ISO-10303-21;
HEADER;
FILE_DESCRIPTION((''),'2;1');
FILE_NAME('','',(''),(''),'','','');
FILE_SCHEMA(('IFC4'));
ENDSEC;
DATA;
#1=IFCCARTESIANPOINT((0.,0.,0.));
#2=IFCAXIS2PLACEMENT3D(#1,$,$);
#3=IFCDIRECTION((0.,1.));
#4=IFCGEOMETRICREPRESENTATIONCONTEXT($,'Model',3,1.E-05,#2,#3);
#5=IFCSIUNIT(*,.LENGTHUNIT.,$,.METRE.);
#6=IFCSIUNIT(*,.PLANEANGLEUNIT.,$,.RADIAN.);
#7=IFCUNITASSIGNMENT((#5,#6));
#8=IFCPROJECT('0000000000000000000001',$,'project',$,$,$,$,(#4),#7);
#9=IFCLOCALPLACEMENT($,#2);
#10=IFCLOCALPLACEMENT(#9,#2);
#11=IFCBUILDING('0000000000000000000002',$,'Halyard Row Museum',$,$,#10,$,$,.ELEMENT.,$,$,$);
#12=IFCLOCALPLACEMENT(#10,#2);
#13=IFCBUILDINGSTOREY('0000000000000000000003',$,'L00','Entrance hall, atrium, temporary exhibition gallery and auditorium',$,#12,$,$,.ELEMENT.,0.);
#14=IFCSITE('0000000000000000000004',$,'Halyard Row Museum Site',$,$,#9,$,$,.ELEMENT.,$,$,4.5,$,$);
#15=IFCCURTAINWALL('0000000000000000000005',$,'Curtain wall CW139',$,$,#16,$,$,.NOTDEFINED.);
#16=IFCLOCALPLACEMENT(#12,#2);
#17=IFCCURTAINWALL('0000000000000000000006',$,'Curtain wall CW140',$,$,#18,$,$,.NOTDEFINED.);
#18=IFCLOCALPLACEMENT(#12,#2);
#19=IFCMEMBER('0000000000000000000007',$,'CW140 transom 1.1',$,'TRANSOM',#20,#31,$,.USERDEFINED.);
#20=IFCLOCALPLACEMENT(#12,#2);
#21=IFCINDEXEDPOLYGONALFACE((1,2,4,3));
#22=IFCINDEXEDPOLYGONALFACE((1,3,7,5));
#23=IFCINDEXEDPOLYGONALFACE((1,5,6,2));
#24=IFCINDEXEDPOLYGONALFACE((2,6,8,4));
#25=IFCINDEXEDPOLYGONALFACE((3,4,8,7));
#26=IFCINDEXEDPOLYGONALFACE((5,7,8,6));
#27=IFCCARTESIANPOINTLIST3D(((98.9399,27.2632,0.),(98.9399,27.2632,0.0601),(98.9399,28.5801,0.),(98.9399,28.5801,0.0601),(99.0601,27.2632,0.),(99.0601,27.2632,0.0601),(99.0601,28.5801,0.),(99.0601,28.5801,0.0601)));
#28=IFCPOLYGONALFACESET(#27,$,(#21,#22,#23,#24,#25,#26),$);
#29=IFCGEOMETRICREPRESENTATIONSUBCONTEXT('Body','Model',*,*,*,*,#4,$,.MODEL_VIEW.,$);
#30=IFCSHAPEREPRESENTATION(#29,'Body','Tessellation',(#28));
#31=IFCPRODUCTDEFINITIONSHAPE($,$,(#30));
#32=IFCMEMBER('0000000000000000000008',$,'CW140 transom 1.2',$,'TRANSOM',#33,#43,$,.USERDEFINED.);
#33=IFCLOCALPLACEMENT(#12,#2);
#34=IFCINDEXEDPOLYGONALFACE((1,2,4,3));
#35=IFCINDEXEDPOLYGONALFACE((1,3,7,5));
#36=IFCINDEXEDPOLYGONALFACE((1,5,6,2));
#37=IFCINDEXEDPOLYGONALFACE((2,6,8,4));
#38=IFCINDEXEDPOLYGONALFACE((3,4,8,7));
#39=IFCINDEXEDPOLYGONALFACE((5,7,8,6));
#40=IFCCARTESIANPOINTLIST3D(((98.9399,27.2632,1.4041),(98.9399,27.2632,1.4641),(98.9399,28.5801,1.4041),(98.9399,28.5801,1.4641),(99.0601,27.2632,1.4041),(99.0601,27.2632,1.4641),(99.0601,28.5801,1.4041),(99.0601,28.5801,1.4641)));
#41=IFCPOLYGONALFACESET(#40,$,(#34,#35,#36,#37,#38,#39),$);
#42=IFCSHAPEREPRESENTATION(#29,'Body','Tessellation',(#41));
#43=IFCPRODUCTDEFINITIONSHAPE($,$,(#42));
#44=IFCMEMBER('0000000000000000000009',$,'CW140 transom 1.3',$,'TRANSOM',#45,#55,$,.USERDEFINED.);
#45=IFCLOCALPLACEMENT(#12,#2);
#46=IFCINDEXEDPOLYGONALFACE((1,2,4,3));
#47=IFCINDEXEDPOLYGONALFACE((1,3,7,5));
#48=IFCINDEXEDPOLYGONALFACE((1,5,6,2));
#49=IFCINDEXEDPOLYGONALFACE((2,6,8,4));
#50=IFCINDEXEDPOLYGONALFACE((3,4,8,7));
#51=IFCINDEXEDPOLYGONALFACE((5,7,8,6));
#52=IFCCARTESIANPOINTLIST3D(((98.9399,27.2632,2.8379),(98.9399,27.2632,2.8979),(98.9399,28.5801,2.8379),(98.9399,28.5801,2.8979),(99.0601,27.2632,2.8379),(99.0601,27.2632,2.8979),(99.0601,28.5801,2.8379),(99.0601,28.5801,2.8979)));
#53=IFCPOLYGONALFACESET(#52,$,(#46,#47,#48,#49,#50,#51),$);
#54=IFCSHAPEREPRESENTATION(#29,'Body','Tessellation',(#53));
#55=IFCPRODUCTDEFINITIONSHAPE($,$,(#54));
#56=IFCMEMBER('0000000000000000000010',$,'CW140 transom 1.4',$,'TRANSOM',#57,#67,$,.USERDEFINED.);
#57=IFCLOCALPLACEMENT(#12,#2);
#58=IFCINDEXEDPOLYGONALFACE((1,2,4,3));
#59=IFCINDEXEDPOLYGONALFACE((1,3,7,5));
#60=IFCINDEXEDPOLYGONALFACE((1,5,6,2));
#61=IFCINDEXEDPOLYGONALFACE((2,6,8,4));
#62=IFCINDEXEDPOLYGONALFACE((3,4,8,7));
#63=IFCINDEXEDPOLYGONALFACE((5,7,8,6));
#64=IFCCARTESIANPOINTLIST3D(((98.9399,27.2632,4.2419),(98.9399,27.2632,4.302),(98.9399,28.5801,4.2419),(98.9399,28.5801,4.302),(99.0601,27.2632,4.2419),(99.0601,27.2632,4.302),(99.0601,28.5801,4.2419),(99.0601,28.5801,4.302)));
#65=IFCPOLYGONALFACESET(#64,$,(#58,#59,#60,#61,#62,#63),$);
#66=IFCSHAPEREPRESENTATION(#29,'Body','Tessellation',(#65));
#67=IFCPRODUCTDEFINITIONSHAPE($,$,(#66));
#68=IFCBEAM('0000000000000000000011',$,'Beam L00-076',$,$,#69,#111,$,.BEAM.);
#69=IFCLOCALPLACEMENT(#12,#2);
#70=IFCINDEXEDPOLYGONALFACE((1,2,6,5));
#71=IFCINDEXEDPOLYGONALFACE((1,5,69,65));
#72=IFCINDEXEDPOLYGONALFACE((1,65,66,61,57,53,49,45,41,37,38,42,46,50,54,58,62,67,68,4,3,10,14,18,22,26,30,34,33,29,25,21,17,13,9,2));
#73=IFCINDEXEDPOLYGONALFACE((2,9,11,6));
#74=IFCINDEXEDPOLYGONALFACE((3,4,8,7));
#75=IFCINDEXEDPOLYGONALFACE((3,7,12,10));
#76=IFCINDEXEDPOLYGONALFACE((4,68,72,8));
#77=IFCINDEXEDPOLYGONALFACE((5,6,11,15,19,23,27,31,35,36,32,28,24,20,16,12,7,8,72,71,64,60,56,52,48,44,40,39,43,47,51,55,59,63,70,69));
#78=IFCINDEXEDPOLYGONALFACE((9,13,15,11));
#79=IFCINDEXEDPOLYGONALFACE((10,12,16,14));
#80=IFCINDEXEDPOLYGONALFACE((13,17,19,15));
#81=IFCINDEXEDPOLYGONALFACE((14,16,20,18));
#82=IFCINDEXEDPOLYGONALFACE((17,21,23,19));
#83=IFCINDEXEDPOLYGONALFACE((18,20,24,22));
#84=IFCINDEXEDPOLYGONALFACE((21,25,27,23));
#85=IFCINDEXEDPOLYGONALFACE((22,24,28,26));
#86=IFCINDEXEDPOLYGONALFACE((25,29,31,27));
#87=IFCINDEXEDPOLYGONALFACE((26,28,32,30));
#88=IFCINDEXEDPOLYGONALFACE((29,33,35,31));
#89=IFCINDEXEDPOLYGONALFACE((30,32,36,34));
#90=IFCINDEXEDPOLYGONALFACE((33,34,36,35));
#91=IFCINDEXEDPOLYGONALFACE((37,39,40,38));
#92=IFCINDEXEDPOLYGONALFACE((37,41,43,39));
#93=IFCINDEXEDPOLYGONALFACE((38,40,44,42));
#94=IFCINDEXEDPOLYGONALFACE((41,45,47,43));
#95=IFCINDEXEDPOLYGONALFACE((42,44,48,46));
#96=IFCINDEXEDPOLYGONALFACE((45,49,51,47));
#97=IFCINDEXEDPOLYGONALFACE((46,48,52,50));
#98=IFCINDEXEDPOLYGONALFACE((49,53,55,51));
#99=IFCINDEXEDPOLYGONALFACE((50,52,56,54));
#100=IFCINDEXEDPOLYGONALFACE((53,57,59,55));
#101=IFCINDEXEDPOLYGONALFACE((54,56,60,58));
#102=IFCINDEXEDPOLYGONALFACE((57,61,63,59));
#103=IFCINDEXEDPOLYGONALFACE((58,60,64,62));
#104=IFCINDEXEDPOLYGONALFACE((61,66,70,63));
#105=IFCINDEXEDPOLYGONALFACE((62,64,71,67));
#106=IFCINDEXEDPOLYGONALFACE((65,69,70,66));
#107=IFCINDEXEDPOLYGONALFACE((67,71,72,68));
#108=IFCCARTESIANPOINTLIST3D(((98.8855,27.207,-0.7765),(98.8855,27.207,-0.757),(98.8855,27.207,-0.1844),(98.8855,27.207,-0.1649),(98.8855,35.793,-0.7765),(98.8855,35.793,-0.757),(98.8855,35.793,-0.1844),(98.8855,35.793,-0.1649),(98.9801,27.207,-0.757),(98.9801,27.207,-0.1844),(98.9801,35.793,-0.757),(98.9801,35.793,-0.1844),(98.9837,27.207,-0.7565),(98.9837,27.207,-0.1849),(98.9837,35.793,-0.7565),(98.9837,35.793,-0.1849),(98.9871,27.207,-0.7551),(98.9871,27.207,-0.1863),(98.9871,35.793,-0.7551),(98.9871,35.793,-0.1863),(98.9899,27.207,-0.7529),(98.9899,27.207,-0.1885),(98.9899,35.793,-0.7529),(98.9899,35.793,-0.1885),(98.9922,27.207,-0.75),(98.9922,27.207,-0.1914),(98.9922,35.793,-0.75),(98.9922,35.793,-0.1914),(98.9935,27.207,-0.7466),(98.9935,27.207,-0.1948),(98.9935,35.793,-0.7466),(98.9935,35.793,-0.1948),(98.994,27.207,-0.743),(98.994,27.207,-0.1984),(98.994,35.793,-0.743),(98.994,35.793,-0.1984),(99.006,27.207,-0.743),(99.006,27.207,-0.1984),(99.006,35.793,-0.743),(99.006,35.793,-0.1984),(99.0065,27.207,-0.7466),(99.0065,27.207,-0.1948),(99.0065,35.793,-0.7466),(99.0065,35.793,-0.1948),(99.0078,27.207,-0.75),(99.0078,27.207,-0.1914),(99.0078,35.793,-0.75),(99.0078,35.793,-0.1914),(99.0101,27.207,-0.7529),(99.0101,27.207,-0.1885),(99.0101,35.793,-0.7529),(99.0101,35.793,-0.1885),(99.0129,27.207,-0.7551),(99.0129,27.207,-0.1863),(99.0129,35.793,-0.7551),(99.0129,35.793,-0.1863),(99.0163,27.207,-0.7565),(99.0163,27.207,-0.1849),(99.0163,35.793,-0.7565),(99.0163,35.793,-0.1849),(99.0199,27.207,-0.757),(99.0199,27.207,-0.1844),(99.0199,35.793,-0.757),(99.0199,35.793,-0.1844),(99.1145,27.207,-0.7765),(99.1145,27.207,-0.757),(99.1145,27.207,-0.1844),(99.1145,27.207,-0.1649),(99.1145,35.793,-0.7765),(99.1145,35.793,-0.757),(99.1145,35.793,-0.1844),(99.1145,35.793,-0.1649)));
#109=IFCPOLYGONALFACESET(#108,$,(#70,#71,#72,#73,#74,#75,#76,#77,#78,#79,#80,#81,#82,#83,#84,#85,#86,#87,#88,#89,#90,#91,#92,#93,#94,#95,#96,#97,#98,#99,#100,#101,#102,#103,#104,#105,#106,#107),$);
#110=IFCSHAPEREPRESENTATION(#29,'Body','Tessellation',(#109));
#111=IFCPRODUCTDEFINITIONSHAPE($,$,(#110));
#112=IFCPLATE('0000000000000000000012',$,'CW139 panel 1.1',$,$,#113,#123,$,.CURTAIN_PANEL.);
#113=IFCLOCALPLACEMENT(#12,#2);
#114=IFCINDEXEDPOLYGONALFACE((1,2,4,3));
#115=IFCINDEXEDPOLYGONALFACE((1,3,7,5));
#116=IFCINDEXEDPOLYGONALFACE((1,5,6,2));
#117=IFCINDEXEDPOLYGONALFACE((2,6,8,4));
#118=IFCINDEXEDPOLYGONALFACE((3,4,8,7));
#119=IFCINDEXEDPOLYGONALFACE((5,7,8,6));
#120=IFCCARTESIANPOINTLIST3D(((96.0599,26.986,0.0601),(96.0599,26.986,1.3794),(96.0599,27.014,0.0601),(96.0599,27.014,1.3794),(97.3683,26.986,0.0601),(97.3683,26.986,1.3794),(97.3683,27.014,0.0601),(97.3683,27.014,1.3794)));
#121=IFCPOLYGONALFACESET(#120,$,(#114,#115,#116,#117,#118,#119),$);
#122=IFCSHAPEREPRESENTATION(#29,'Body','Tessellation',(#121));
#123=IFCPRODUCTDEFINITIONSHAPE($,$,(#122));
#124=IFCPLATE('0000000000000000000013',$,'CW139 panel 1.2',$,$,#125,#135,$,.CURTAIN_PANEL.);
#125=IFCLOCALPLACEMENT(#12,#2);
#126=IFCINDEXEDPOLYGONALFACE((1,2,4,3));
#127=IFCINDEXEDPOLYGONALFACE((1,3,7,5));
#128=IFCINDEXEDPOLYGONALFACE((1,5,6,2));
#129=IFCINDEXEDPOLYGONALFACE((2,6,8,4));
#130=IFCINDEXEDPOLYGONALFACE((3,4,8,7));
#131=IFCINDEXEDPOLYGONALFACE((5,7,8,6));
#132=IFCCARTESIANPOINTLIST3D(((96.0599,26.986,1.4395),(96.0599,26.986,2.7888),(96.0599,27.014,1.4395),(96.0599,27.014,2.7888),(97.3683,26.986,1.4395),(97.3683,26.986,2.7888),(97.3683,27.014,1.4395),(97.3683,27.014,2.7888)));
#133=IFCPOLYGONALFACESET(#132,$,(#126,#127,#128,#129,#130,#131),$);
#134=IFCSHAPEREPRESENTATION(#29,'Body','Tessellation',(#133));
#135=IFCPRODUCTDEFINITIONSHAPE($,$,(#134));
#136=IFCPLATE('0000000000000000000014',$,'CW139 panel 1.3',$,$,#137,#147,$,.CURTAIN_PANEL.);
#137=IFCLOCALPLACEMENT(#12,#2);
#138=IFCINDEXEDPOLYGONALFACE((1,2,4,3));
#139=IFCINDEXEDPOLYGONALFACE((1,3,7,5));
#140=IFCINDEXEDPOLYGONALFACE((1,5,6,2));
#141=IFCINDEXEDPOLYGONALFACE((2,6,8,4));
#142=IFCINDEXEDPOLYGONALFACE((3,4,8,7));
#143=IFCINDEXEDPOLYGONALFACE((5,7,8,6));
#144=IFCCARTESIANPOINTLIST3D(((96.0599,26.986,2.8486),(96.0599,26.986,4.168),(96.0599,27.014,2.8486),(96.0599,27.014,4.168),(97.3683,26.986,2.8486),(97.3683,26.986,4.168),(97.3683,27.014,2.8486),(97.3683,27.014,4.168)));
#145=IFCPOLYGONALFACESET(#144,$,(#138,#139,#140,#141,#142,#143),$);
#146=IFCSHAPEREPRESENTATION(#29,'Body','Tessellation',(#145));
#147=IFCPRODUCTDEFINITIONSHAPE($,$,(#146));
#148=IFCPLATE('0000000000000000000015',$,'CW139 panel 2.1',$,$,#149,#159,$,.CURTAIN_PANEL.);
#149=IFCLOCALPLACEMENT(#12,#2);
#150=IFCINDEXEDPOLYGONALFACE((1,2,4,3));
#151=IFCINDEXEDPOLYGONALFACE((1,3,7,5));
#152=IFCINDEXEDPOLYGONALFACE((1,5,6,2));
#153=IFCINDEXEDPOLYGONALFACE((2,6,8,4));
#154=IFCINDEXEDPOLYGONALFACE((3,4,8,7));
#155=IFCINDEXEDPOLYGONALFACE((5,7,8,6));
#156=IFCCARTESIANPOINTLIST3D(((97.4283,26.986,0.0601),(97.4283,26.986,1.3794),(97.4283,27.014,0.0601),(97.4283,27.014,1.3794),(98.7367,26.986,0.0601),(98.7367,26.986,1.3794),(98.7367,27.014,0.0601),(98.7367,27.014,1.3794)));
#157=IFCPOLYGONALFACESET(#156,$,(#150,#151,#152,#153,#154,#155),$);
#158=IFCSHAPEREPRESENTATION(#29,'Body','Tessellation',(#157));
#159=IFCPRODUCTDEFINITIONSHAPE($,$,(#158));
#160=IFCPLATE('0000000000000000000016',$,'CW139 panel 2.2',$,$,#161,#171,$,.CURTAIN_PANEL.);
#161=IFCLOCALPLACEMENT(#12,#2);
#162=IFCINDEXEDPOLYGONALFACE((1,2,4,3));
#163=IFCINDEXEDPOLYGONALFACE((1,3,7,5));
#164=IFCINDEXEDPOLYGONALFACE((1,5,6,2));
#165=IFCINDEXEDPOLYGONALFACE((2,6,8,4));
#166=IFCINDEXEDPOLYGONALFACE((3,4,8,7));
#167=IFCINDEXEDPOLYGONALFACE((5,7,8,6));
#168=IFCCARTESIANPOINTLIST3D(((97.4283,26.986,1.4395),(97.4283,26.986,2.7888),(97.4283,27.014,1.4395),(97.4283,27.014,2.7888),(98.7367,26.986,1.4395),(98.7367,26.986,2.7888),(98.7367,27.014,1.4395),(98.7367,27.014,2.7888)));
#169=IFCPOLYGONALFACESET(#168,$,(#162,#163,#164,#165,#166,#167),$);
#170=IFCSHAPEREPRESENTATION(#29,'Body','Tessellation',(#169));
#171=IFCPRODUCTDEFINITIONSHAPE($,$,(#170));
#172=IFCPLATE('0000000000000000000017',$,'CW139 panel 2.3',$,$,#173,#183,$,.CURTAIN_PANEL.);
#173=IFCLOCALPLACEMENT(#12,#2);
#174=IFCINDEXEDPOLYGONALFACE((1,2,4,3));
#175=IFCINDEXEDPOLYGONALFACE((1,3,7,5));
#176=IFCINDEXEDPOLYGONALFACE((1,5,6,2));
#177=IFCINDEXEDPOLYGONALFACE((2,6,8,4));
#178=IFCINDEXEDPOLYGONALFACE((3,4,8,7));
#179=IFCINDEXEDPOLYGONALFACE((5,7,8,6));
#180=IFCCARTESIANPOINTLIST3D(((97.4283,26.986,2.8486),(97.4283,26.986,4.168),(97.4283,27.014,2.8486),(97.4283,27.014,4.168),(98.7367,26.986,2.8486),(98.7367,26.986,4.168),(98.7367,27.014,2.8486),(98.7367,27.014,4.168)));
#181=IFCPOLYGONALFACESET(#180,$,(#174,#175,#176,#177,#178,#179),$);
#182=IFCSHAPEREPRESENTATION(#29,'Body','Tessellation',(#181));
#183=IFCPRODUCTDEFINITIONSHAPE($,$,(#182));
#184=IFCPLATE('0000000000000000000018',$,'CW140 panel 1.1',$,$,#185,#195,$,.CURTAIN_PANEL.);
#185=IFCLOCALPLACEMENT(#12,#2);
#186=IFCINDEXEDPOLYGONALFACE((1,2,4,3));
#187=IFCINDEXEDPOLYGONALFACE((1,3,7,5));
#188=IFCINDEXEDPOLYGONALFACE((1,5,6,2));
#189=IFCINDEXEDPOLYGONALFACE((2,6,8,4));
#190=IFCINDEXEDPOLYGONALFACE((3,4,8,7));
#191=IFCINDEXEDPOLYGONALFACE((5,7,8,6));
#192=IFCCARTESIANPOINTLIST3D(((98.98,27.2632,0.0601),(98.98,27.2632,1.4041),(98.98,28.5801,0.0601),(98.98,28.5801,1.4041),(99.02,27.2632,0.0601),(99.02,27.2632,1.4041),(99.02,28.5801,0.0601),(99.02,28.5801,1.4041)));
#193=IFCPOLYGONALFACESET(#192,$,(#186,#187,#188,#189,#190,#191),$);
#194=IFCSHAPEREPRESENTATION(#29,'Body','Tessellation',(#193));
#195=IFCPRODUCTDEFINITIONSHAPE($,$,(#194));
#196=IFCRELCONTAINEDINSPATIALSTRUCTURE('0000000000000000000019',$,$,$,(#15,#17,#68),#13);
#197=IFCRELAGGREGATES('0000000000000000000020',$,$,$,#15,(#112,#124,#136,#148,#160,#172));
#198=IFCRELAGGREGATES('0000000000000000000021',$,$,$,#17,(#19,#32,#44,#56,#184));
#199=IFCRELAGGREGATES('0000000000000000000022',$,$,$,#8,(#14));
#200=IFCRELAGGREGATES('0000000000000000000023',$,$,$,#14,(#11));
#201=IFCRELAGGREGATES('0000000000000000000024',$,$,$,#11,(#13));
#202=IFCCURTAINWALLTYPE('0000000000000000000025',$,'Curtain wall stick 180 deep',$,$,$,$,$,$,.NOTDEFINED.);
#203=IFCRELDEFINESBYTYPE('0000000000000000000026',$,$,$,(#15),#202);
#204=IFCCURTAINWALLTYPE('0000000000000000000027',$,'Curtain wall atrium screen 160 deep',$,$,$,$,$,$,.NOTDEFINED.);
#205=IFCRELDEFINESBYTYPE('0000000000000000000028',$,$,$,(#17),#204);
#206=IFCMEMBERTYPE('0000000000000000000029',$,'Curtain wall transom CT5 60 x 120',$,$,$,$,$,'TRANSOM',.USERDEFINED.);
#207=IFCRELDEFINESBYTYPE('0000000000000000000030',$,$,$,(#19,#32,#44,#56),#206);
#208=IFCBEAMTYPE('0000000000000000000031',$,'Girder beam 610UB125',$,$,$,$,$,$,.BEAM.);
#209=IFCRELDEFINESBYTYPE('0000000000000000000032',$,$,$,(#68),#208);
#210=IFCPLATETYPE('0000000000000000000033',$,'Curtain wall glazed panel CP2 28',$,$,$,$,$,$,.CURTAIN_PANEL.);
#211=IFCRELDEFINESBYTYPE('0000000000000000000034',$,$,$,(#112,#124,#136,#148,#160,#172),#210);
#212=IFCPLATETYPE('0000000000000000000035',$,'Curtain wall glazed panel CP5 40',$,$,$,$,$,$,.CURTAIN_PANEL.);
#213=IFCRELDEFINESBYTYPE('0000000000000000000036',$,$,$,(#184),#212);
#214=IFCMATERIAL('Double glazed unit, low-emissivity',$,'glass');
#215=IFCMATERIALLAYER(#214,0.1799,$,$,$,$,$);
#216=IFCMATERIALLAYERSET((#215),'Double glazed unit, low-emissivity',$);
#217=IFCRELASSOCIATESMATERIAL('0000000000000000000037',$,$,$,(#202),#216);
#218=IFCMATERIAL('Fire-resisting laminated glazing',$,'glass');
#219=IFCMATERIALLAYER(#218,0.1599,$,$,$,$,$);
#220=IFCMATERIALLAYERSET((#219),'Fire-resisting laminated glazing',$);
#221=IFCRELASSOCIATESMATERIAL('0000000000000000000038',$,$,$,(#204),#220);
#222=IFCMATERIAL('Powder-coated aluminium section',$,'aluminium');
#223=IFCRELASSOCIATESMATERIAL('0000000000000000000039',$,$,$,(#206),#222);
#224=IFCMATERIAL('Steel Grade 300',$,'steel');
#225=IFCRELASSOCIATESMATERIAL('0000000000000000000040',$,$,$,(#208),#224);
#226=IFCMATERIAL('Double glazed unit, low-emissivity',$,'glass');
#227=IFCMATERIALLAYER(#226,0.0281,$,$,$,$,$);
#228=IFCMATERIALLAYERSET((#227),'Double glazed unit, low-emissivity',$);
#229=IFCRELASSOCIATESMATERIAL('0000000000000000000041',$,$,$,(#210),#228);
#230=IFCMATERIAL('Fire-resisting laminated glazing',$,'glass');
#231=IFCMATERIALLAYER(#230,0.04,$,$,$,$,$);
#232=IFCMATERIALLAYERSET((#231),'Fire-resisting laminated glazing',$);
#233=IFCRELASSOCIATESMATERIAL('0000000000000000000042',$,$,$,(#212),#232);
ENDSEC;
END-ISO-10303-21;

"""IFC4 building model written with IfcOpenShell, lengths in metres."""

from ifc_helpers import new_model, si_unit, direction, frame, origin, origin_2d, place, context, subcontext, project, spatial, rectangle, i_section, extrude, material, layer, layer_set, material_profile, profile_set, type_object, element, aggregate, save


model = new_model("IFC4")

# Units and contexts
model_context = context("Model", 3, precision=1e-05, world=origin(), true_north=direction((0.0, 1.0)))
body_context = subcontext(model_context, "Body", "Model", "MODEL_VIEW")
ifc_project = project(units=[si_unit("LENGTHUNIT", "METRE"), si_unit("PLANEANGLEUNIT", "RADIAN")], contexts=[model_context])

# Site, building, storey
site_placement = place(None, origin())
site = spatial("IfcSite", under=ifc_project, at=site_placement, Name="Halyard Row Museum Site", CompositionType="ELEMENT", RefElevation=4.5)
building_placement = place(site_placement, origin())
building = spatial("IfcBuilding", under=site, at=building_placement, Name="Halyard Row Museum", CompositionType="ELEMENT")
storey_placement = place(building_placement, origin())
storey = spatial("IfcBuildingStorey", under=building, at=storey_placement, Name="L00", Description="Entrance hall, atrium, temporary exhibition gallery and auditorium", CompositionType="ELEMENT", Elevation=0.0)

# Curtain wall
ifc_material_1 = material(Name="Double glazed unit, low-emissivity", Category="glass")
ifc_layer_1 = layer(ifc_material_1, 0.1799)
ifc_layer_set_1 = layer_set([ifc_layer_1], Name="Double glazed unit, low-emissivity")
curtain_wall_type_1 = type_object("IfcCurtainWallType", Name="Curtain wall stick 180 deep", PredefinedType="NOTDEFINED", material=ifc_layer_set_1)
curtain_wall_1_placement = place(storey_placement, origin())
curtain_wall_1 = element("IfcCurtainWall", 1, at=curtain_wall_1_placement, inside=storey, type_object=curtain_wall_type_1, Name="Curtain wall CW139", PredefinedType="NOTDEFINED")

# Curtain wall
ifc_material_2 = material(Name="Fire-resisting laminated glazing", Category="glass")
ifc_layer_2 = layer(ifc_material_2, 0.1599)
ifc_layer_set_2 = layer_set([ifc_layer_2], Name="Fire-resisting laminated glazing")
curtain_wall_type_2 = type_object("IfcCurtainWallType", Name="Curtain wall atrium screen 160 deep", PredefinedType="NOTDEFINED", material=ifc_layer_set_2)
curtain_wall_2_placement = place(storey_placement, origin())
curtain_wall_2 = element("IfcCurtainWall", 2, at=curtain_wall_2_placement, inside=storey, type_object=curtain_wall_type_2, Name="Curtain wall CW140", PredefinedType="NOTDEFINED")

# Members
ifc_material_3 = material(Name="Powder-coated aluminium section", Category="aluminium")
ifc_material_profile_1 = material_profile(ifc_material_3, rectangle(XDim=0.1201, YDim=0.0601, at=origin_2d()), Name="120x60 transom")
ifc_profile_set_1 = profile_set([ifc_material_profile_1], Name="Powder-coated aluminium section")
member_type_1 = type_object("IfcMemberType", Name="Curtain wall transom CT5 60 x 120", ElementType="TRANSOM", PredefinedType="USERDEFINED", material=ifc_profile_set_1)
member_1_placement = place(storey_placement, frame((99.0, 27.2632, 0.03), z_axis=(0.0, 1.0, 0.0), x_axis=(-1.0, 0.0, 0.0)))
member_1 = element("IfcMember", 3, at=member_1_placement, type_object=member_type_1, Name="CW140 transom 1.1", ObjectType="TRANSOM", PredefinedType="USERDEFINED", context=body_context, shape_type="SweptSolid", body=[
    extrude(rectangle(XDim=0.1201, YDim=0.0601, at=origin_2d()), origin(), (0.0, 0.0, 1.0), 1.3169),
])
member_2_placement = place(storey_placement, frame((99.0, 27.2632, 1.4341), z_axis=(0.0, 1.0, 0.0), x_axis=(-1.0, 0.0, 0.0)))
member_2 = element("IfcMember", 4, at=member_2_placement, type_object=member_type_1, Name="CW140 transom 1.2", ObjectType="TRANSOM", PredefinedType="USERDEFINED", context=body_context, shape_type="SweptSolid", body=[
    extrude(rectangle(XDim=0.1201, YDim=0.0601, at=origin_2d()), origin(), (0.0, 0.0, 1.0), 1.3169),
])
member_3_placement = place(storey_placement, frame((99.0, 27.2632, 2.8679), z_axis=(0.0, 1.0, 0.0), x_axis=(-1.0, 0.0, 0.0)))
member_3 = element("IfcMember", 5, at=member_3_placement, type_object=member_type_1, Name="CW140 transom 1.3", ObjectType="TRANSOM", PredefinedType="USERDEFINED", context=body_context, shape_type="SweptSolid", body=[
    extrude(rectangle(XDim=0.1201, YDim=0.0601, at=origin_2d()), origin(), (0.0, 0.0, 1.0), 1.3169),
])
member_4_placement = place(storey_placement, frame((99.0, 27.2632, 4.272), z_axis=(0.0, 1.0, 0.0), x_axis=(-1.0, 0.0, 0.0)))
member_4 = element("IfcMember", 6, at=member_4_placement, type_object=member_type_1, Name="CW140 transom 1.4", ObjectType="TRANSOM", PredefinedType="USERDEFINED", context=body_context, shape_type="SweptSolid", body=[
    extrude(rectangle(XDim=0.1201, YDim=0.0601, at=origin_2d()), origin(), (0.0, 0.0, 1.0), 1.3169),
])

# Beam
ifc_material_4 = material(Name="Steel Grade 300", Category="steel")
ifc_material_profile_2 = material_profile(ifc_material_4, i_section(OverallWidth=0.229, OverallDepth=0.6116, WebThickness=0.012, FlangeThickness=0.0195, FilletRadius=0.0139, at=origin_2d()), Name="610UB125")
ifc_profile_set_2 = profile_set([ifc_material_profile_2], Name="Steel Grade 300")
beam_type = type_object("IfcBeamType", Name="Girder beam 610UB125", PredefinedType="BEAM", material=ifc_profile_set_2)
beam_placement = place(storey_placement, frame((99.0, 27.207, -0.4707), z_axis=(0.0, 1.0, 0.0), x_axis=(-1.0, 0.0, 0.0)))
element("IfcBeam", 7, at=beam_placement, inside=storey, type_object=beam_type, Name="Beam L00-076", PredefinedType="BEAM", context=body_context, shape_type="SweptSolid", body=[
    extrude(i_section(OverallWidth=0.229, OverallDepth=0.6116, WebThickness=0.012, FlangeThickness=0.0195, FilletRadius=0.0139, at=origin_2d()), origin(), (0.0, 0.0, 1.0), 8.5859),
])

# Plates
ifc_material_5 = material(Name="Double glazed unit, low-emissivity", Category="glass")
ifc_layer_3 = layer(ifc_material_5, 0.0281)
ifc_layer_set_3 = layer_set([ifc_layer_3], Name="Double glazed unit, low-emissivity")
plate_type_1 = type_object("IfcPlateType", Name="Curtain wall glazed panel CP2 28", PredefinedType="CURTAIN_PANEL", material=ifc_layer_set_3)
plate_1_placement = place(storey_placement, frame((96.7141, 27.0, 0.0601), z_axis=(0.0, 0.0, 1.0), x_axis=(1.0, 0.0, 0.0)))
plate_1 = element("IfcPlate", 8, at=plate_1_placement, type_object=plate_type_1, Name="CW139 panel 1.1", PredefinedType="CURTAIN_PANEL", context=body_context, shape_type="SweptSolid", body=[
    extrude(rectangle(XDim=1.3083, YDim=0.0281, at=origin_2d()), origin(), (0.0, 0.0, 1.0), 1.3193),
])
plate_2_placement = place(storey_placement, frame((96.7141, 27.0, 1.4395), z_axis=(0.0, 0.0, 1.0), x_axis=(1.0, 0.0, 0.0)))
plate_2 = element("IfcPlate", 9, at=plate_2_placement, type_object=plate_type_1, Name="CW139 panel 1.2", PredefinedType="CURTAIN_PANEL", context=body_context, shape_type="SweptSolid", body=[
    extrude(rectangle(XDim=1.3083, YDim=0.0281, at=origin_2d()), origin(), (0.0, 0.0, 1.0), 1.3494),
])
plate_3_placement = place(storey_placement, frame((96.7141, 27.0, 2.8486), z_axis=(0.0, 0.0, 1.0), x_axis=(1.0, 0.0, 0.0)))
plate_3 = element("IfcPlate", 10, at=plate_3_placement, type_object=plate_type_1, Name="CW139 panel 1.3", PredefinedType="CURTAIN_PANEL", context=body_context, shape_type="SweptSolid", body=[
    extrude(rectangle(XDim=1.3083, YDim=0.0281, at=origin_2d()), origin(), (0.0, 0.0, 1.0), 1.3193),
])
plate_4_placement = place(storey_placement, frame((98.0825, 27.0, 0.0601), z_axis=(0.0, 0.0, 1.0), x_axis=(1.0, 0.0, 0.0)))
plate_4 = element("IfcPlate", 11, at=plate_4_placement, type_object=plate_type_1, Name="CW139 panel 2.1", PredefinedType="CURTAIN_PANEL", context=body_context, shape_type="SweptSolid", body=[
    extrude(rectangle(XDim=1.3083, YDim=0.0281, at=origin_2d()), origin(), (0.0, 0.0, 1.0), 1.3193),
])
plate_5_placement = place(storey_placement, frame((98.0825, 27.0, 1.4395), z_axis=(0.0, 0.0, 1.0), x_axis=(1.0, 0.0, 0.0)))
plate_5 = element("IfcPlate", 12, at=plate_5_placement, type_object=plate_type_1, Name="CW139 panel 2.2", PredefinedType="CURTAIN_PANEL", context=body_context, shape_type="SweptSolid", body=[
    extrude(rectangle(XDim=1.3083, YDim=0.0281, at=origin_2d()), origin(), (0.0, 0.0, 1.0), 1.3494),
])
plate_6_placement = place(storey_placement, frame((98.0825, 27.0, 2.8486), z_axis=(0.0, 0.0, 1.0), x_axis=(1.0, 0.0, 0.0)))
plate_6 = element("IfcPlate", 13, at=plate_6_placement, type_object=plate_type_1, Name="CW139 panel 2.3", PredefinedType="CURTAIN_PANEL", context=body_context, shape_type="SweptSolid", body=[
    extrude(rectangle(XDim=1.3083, YDim=0.0281, at=origin_2d()), origin(), (0.0, 0.0, 1.0), 1.3193),
])
aggregate(curtain_wall_1, [plate_1, plate_2, plate_3, plate_4, plate_5, plate_6])
ifc_material_6 = material(Name="Fire-resisting laminated glazing", Category="glass")
ifc_layer_4 = layer(ifc_material_6, 0.04)
ifc_layer_set_4 = layer_set([ifc_layer_4], Name="Fire-resisting laminated glazing")
plate_type_2 = type_object("IfcPlateType", Name="Curtain wall glazed panel CP5 40", PredefinedType="CURTAIN_PANEL", material=ifc_layer_set_4)
plate_7_placement = place(storey_placement, frame((99.0, 27.9216, 0.0601), z_axis=(0.0, 0.0, 1.0), x_axis=(0.0, 1.0, 0.0)))
plate_7 = element("IfcPlate", 14, at=plate_7_placement, type_object=plate_type_2, Name="CW140 panel 1.1", PredefinedType="CURTAIN_PANEL", context=body_context, shape_type="SweptSolid", body=[
    extrude(rectangle(XDim=1.3169, YDim=0.04, at=origin_2d()), origin(), (0.0, 0.0, 1.0), 1.344),
])
aggregate(curtain_wall_2, [member_1, member_2, member_3, member_4, plate_7])

save(model, "model.ifc")
